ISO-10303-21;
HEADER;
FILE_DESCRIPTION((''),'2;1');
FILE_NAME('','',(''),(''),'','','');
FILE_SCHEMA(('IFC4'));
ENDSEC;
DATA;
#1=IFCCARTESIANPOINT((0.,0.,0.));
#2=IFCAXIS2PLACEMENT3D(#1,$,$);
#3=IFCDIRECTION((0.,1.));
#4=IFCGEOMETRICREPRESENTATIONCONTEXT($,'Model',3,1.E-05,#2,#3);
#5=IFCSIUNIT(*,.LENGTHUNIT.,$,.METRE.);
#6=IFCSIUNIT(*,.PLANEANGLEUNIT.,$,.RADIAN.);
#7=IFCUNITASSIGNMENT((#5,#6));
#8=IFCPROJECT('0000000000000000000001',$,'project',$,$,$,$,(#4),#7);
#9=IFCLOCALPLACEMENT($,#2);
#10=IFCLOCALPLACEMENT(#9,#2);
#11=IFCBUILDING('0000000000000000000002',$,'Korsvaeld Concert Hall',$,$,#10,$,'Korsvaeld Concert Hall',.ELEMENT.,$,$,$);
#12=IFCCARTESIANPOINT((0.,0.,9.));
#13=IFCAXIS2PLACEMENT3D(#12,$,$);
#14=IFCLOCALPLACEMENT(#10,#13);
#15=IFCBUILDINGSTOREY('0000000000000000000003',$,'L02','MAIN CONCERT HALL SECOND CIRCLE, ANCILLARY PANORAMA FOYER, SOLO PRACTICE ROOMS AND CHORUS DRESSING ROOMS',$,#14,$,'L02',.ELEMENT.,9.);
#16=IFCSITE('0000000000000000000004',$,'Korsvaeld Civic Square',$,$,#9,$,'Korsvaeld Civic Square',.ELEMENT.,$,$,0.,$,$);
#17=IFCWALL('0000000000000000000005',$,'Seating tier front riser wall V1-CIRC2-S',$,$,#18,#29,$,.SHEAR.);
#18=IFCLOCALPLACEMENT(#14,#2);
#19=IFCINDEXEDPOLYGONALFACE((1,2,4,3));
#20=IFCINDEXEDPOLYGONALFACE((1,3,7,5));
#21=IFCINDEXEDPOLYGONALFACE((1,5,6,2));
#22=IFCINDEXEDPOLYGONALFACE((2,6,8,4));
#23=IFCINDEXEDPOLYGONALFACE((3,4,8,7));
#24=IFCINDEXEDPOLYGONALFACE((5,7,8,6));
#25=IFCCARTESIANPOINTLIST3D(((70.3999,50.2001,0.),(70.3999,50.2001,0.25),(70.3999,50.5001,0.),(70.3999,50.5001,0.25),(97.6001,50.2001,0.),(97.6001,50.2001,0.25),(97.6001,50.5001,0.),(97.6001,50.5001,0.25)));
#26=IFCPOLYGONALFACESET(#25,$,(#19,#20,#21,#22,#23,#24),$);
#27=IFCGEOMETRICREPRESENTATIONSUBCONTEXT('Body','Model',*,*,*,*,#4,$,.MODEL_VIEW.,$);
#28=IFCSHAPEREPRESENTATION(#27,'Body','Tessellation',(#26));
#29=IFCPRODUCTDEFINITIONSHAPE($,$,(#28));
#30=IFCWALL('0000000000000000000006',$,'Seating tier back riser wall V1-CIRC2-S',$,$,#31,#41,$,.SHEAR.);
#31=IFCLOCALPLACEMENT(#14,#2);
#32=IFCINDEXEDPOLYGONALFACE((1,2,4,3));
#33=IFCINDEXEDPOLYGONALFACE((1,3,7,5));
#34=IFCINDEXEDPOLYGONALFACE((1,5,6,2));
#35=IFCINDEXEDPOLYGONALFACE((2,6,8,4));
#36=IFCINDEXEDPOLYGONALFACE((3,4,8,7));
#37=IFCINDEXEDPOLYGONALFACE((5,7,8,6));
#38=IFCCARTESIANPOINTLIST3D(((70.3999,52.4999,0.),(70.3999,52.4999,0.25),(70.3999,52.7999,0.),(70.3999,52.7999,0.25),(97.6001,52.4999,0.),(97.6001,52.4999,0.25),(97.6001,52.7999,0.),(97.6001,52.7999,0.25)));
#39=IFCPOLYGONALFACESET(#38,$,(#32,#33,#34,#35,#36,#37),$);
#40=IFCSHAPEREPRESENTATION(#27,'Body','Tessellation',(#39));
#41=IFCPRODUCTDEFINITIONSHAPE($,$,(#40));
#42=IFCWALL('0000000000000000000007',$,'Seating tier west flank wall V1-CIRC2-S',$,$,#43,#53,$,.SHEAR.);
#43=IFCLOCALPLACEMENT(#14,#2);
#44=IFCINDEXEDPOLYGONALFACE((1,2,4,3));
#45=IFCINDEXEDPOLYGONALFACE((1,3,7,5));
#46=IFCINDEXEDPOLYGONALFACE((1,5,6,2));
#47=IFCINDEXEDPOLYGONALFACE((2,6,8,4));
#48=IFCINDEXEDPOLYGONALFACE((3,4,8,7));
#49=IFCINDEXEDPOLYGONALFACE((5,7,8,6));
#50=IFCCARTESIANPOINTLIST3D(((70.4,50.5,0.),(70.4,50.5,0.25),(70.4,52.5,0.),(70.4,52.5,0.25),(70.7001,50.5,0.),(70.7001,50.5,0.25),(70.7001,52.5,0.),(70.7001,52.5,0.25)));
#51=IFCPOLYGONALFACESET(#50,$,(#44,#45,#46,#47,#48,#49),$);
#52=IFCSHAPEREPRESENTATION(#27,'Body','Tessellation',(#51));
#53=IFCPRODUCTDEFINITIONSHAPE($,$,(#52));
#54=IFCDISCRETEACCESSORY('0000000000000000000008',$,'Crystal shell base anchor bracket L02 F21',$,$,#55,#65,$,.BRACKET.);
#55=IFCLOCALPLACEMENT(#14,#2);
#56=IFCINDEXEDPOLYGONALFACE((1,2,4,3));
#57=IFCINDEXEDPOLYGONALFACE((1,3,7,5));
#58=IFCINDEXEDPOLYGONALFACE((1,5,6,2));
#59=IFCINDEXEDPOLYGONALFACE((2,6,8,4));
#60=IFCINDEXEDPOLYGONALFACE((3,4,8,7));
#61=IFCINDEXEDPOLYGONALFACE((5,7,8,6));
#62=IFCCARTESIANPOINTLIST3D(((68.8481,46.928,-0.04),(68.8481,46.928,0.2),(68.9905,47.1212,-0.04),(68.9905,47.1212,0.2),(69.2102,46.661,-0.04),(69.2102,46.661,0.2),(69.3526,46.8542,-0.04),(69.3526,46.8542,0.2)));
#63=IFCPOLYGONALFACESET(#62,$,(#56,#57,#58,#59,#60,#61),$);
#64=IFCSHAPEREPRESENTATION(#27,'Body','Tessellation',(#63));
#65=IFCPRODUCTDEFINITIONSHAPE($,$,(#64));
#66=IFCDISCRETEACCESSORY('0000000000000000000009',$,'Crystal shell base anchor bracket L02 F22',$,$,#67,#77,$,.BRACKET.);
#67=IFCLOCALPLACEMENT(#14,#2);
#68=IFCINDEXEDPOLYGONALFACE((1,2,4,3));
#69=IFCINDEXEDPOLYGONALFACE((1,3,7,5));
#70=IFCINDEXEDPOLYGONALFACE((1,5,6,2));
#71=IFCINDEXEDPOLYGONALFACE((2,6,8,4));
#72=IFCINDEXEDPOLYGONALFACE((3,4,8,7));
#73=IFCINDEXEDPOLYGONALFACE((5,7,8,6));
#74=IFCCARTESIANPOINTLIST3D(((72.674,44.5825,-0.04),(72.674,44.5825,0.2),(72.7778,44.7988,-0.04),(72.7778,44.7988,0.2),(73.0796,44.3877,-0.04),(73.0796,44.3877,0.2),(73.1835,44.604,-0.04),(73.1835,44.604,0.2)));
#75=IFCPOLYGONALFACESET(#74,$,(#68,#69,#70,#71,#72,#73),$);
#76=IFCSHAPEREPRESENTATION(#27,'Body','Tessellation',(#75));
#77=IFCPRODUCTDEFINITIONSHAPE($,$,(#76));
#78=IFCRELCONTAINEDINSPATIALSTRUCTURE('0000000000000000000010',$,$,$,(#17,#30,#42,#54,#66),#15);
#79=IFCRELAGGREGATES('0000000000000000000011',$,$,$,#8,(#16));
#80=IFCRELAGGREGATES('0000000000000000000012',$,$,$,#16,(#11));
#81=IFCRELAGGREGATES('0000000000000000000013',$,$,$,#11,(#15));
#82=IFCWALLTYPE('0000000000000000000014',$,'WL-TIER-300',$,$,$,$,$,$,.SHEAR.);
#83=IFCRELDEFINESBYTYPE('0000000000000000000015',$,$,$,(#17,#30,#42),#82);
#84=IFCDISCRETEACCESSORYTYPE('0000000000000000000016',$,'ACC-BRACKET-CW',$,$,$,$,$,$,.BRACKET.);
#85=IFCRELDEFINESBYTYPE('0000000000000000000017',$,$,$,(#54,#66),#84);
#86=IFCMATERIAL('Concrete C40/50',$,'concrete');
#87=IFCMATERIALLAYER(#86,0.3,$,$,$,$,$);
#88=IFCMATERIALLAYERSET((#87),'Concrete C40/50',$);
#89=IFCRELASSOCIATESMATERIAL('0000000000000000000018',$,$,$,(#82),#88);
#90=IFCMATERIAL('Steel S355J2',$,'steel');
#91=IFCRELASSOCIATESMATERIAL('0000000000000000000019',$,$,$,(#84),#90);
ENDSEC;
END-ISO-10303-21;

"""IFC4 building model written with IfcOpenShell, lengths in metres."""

from ifc_helpers import new_model, si_unit, direction, frame, frame_2d, origin, origin_2d, place, context, subcontext, project, spatial, rectangle, extrude, material, layer, layer_set, type_object, element, save


model = new_model("IFC4")

# Units and contexts
model_context = context("Model", 3, precision=1e-05, world=origin(), true_north=direction((0.0, 1.0)))
body_context = subcontext(model_context, "Body", "Model", "MODEL_VIEW")
ifc_project = project(units=[si_unit("LENGTHUNIT", "METRE"), si_unit("PLANEANGLEUNIT", "RADIAN")], contexts=[model_context])

# Site, building, storey
site_placement = place(None, origin())
site = spatial("IfcSite", under=ifc_project, at=site_placement, Name="Korsvaeld Civic Square", LongName="Korsvaeld Civic Square", CompositionType="ELEMENT", RefElevation=0.0)
building_placement = place(site_placement, origin())
building = spatial("IfcBuilding", under=site, at=building_placement, Name="Korsvaeld Concert Hall", LongName="Korsvaeld Concert Hall", CompositionType="ELEMENT")
storey_placement = place(building_placement, frame((0.0, 0.0, 9.0)))
storey = spatial("IfcBuildingStorey", under=building, at=storey_placement, Name="L02", Description="MAIN CONCERT HALL SECOND CIRCLE, ANCILLARY PANORAMA FOYER, SOLO PRACTICE ROOMS AND CHORUS DRESSING ROOMS", LongName="L02", CompositionType="ELEMENT", Elevation=9.0)

# Shared definitions
ifc_material_1 = material(Name="Concrete C40/50", Category="concrete")

# Walls
ifc_layer_1 = layer(ifc_material_1, 0.3)
ifc_layer_set_1 = layer_set([ifc_layer_1], Name="Concrete C40/50")
wall_type_1 = type_object("IfcWallType", Name="WL-TIER-300", PredefinedType="SHEAR", material=ifc_layer_set_1)
for number, where, z_axis, x_axis, name in (
    (1, (70.3999, 50.3501, 0.0), (0.0, 0.0, 1.0), (1.0, 0.0, 0.0), "Seating tier front riser wall V1-CIRC2-S"),
    (2, (70.3999, 52.6499, 0.0), (0.0, 0.0, 1.0), (1.0, 0.0, 0.0), "Seating tier back riser wall V1-CIRC2-S"),
):
    element("IfcWall", number, at=place(storey_placement, frame(where, z_axis=z_axis, x_axis=x_axis)), inside=storey, type_object=wall_type_1, Name=name, PredefinedType="SHEAR", context=body_context, shape_type="SweptSolid", body=[
        extrude(rectangle(XDim=27.2002, YDim=0.3, at=frame_2d((13.6001, 0.0))), origin(), (0.0, 0.0, 1.0), 0.25),
    ])
wall_1_placement = place(storey_placement, frame((70.55, 50.5, 0.0), z_axis=(0.0, 0.0, 1.0), x_axis=(0.0, 1.0, 0.0)))
element("IfcWall", 3, at=wall_1_placement, inside=storey, type_object=wall_type_1, Name="Seating tier west flank wall V1-CIRC2-S", PredefinedType="SHEAR", context=body_context, shape_type="SweptSolid", body=[
    extrude(rectangle(XDim=2.0, YDim=0.3, at=frame_2d((1.0, 0.0))), origin(), (0.0, 0.0, 1.0), 0.25),
])

# Discrete accessories
ifc_material_2 = material(Name="Steel S355J2", Category="steel")
discrete_accessory_type = type_object("IfcDiscreteAccessoryType", Name="ACC-BRACKET-CW", PredefinedType="BRACKET", material=ifc_material_2)
for number, where, z_axis, x_axis, name in (
    (4, (69.1003, 46.8911, -0.04), (0.0, 0.0, 1.0), (0.804894, -0.593419, 0.0), "Crystal shell base anchor bracket L02 F21"),
    (5, (72.9287, 44.5933, -0.04), (0.0, 0.0, 1.0), (0.901455, -0.432873, 0.0), "Crystal shell base anchor bracket L02 F22"),
):
    element("IfcDiscreteAccessory", number, at=place(storey_placement, frame(where, z_axis=z_axis, x_axis=x_axis)), inside=storey, type_object=discrete_accessory_type, Name=name, PredefinedType="BRACKET", context=body_context, shape_type="SweptSolid", body=[
        extrude(rectangle(XDim=0.45, YDim=0.24, at=origin_2d()), origin(), (0.0, 0.0, 1.0), 0.24),
    ])

save(model, "model.ifc")
